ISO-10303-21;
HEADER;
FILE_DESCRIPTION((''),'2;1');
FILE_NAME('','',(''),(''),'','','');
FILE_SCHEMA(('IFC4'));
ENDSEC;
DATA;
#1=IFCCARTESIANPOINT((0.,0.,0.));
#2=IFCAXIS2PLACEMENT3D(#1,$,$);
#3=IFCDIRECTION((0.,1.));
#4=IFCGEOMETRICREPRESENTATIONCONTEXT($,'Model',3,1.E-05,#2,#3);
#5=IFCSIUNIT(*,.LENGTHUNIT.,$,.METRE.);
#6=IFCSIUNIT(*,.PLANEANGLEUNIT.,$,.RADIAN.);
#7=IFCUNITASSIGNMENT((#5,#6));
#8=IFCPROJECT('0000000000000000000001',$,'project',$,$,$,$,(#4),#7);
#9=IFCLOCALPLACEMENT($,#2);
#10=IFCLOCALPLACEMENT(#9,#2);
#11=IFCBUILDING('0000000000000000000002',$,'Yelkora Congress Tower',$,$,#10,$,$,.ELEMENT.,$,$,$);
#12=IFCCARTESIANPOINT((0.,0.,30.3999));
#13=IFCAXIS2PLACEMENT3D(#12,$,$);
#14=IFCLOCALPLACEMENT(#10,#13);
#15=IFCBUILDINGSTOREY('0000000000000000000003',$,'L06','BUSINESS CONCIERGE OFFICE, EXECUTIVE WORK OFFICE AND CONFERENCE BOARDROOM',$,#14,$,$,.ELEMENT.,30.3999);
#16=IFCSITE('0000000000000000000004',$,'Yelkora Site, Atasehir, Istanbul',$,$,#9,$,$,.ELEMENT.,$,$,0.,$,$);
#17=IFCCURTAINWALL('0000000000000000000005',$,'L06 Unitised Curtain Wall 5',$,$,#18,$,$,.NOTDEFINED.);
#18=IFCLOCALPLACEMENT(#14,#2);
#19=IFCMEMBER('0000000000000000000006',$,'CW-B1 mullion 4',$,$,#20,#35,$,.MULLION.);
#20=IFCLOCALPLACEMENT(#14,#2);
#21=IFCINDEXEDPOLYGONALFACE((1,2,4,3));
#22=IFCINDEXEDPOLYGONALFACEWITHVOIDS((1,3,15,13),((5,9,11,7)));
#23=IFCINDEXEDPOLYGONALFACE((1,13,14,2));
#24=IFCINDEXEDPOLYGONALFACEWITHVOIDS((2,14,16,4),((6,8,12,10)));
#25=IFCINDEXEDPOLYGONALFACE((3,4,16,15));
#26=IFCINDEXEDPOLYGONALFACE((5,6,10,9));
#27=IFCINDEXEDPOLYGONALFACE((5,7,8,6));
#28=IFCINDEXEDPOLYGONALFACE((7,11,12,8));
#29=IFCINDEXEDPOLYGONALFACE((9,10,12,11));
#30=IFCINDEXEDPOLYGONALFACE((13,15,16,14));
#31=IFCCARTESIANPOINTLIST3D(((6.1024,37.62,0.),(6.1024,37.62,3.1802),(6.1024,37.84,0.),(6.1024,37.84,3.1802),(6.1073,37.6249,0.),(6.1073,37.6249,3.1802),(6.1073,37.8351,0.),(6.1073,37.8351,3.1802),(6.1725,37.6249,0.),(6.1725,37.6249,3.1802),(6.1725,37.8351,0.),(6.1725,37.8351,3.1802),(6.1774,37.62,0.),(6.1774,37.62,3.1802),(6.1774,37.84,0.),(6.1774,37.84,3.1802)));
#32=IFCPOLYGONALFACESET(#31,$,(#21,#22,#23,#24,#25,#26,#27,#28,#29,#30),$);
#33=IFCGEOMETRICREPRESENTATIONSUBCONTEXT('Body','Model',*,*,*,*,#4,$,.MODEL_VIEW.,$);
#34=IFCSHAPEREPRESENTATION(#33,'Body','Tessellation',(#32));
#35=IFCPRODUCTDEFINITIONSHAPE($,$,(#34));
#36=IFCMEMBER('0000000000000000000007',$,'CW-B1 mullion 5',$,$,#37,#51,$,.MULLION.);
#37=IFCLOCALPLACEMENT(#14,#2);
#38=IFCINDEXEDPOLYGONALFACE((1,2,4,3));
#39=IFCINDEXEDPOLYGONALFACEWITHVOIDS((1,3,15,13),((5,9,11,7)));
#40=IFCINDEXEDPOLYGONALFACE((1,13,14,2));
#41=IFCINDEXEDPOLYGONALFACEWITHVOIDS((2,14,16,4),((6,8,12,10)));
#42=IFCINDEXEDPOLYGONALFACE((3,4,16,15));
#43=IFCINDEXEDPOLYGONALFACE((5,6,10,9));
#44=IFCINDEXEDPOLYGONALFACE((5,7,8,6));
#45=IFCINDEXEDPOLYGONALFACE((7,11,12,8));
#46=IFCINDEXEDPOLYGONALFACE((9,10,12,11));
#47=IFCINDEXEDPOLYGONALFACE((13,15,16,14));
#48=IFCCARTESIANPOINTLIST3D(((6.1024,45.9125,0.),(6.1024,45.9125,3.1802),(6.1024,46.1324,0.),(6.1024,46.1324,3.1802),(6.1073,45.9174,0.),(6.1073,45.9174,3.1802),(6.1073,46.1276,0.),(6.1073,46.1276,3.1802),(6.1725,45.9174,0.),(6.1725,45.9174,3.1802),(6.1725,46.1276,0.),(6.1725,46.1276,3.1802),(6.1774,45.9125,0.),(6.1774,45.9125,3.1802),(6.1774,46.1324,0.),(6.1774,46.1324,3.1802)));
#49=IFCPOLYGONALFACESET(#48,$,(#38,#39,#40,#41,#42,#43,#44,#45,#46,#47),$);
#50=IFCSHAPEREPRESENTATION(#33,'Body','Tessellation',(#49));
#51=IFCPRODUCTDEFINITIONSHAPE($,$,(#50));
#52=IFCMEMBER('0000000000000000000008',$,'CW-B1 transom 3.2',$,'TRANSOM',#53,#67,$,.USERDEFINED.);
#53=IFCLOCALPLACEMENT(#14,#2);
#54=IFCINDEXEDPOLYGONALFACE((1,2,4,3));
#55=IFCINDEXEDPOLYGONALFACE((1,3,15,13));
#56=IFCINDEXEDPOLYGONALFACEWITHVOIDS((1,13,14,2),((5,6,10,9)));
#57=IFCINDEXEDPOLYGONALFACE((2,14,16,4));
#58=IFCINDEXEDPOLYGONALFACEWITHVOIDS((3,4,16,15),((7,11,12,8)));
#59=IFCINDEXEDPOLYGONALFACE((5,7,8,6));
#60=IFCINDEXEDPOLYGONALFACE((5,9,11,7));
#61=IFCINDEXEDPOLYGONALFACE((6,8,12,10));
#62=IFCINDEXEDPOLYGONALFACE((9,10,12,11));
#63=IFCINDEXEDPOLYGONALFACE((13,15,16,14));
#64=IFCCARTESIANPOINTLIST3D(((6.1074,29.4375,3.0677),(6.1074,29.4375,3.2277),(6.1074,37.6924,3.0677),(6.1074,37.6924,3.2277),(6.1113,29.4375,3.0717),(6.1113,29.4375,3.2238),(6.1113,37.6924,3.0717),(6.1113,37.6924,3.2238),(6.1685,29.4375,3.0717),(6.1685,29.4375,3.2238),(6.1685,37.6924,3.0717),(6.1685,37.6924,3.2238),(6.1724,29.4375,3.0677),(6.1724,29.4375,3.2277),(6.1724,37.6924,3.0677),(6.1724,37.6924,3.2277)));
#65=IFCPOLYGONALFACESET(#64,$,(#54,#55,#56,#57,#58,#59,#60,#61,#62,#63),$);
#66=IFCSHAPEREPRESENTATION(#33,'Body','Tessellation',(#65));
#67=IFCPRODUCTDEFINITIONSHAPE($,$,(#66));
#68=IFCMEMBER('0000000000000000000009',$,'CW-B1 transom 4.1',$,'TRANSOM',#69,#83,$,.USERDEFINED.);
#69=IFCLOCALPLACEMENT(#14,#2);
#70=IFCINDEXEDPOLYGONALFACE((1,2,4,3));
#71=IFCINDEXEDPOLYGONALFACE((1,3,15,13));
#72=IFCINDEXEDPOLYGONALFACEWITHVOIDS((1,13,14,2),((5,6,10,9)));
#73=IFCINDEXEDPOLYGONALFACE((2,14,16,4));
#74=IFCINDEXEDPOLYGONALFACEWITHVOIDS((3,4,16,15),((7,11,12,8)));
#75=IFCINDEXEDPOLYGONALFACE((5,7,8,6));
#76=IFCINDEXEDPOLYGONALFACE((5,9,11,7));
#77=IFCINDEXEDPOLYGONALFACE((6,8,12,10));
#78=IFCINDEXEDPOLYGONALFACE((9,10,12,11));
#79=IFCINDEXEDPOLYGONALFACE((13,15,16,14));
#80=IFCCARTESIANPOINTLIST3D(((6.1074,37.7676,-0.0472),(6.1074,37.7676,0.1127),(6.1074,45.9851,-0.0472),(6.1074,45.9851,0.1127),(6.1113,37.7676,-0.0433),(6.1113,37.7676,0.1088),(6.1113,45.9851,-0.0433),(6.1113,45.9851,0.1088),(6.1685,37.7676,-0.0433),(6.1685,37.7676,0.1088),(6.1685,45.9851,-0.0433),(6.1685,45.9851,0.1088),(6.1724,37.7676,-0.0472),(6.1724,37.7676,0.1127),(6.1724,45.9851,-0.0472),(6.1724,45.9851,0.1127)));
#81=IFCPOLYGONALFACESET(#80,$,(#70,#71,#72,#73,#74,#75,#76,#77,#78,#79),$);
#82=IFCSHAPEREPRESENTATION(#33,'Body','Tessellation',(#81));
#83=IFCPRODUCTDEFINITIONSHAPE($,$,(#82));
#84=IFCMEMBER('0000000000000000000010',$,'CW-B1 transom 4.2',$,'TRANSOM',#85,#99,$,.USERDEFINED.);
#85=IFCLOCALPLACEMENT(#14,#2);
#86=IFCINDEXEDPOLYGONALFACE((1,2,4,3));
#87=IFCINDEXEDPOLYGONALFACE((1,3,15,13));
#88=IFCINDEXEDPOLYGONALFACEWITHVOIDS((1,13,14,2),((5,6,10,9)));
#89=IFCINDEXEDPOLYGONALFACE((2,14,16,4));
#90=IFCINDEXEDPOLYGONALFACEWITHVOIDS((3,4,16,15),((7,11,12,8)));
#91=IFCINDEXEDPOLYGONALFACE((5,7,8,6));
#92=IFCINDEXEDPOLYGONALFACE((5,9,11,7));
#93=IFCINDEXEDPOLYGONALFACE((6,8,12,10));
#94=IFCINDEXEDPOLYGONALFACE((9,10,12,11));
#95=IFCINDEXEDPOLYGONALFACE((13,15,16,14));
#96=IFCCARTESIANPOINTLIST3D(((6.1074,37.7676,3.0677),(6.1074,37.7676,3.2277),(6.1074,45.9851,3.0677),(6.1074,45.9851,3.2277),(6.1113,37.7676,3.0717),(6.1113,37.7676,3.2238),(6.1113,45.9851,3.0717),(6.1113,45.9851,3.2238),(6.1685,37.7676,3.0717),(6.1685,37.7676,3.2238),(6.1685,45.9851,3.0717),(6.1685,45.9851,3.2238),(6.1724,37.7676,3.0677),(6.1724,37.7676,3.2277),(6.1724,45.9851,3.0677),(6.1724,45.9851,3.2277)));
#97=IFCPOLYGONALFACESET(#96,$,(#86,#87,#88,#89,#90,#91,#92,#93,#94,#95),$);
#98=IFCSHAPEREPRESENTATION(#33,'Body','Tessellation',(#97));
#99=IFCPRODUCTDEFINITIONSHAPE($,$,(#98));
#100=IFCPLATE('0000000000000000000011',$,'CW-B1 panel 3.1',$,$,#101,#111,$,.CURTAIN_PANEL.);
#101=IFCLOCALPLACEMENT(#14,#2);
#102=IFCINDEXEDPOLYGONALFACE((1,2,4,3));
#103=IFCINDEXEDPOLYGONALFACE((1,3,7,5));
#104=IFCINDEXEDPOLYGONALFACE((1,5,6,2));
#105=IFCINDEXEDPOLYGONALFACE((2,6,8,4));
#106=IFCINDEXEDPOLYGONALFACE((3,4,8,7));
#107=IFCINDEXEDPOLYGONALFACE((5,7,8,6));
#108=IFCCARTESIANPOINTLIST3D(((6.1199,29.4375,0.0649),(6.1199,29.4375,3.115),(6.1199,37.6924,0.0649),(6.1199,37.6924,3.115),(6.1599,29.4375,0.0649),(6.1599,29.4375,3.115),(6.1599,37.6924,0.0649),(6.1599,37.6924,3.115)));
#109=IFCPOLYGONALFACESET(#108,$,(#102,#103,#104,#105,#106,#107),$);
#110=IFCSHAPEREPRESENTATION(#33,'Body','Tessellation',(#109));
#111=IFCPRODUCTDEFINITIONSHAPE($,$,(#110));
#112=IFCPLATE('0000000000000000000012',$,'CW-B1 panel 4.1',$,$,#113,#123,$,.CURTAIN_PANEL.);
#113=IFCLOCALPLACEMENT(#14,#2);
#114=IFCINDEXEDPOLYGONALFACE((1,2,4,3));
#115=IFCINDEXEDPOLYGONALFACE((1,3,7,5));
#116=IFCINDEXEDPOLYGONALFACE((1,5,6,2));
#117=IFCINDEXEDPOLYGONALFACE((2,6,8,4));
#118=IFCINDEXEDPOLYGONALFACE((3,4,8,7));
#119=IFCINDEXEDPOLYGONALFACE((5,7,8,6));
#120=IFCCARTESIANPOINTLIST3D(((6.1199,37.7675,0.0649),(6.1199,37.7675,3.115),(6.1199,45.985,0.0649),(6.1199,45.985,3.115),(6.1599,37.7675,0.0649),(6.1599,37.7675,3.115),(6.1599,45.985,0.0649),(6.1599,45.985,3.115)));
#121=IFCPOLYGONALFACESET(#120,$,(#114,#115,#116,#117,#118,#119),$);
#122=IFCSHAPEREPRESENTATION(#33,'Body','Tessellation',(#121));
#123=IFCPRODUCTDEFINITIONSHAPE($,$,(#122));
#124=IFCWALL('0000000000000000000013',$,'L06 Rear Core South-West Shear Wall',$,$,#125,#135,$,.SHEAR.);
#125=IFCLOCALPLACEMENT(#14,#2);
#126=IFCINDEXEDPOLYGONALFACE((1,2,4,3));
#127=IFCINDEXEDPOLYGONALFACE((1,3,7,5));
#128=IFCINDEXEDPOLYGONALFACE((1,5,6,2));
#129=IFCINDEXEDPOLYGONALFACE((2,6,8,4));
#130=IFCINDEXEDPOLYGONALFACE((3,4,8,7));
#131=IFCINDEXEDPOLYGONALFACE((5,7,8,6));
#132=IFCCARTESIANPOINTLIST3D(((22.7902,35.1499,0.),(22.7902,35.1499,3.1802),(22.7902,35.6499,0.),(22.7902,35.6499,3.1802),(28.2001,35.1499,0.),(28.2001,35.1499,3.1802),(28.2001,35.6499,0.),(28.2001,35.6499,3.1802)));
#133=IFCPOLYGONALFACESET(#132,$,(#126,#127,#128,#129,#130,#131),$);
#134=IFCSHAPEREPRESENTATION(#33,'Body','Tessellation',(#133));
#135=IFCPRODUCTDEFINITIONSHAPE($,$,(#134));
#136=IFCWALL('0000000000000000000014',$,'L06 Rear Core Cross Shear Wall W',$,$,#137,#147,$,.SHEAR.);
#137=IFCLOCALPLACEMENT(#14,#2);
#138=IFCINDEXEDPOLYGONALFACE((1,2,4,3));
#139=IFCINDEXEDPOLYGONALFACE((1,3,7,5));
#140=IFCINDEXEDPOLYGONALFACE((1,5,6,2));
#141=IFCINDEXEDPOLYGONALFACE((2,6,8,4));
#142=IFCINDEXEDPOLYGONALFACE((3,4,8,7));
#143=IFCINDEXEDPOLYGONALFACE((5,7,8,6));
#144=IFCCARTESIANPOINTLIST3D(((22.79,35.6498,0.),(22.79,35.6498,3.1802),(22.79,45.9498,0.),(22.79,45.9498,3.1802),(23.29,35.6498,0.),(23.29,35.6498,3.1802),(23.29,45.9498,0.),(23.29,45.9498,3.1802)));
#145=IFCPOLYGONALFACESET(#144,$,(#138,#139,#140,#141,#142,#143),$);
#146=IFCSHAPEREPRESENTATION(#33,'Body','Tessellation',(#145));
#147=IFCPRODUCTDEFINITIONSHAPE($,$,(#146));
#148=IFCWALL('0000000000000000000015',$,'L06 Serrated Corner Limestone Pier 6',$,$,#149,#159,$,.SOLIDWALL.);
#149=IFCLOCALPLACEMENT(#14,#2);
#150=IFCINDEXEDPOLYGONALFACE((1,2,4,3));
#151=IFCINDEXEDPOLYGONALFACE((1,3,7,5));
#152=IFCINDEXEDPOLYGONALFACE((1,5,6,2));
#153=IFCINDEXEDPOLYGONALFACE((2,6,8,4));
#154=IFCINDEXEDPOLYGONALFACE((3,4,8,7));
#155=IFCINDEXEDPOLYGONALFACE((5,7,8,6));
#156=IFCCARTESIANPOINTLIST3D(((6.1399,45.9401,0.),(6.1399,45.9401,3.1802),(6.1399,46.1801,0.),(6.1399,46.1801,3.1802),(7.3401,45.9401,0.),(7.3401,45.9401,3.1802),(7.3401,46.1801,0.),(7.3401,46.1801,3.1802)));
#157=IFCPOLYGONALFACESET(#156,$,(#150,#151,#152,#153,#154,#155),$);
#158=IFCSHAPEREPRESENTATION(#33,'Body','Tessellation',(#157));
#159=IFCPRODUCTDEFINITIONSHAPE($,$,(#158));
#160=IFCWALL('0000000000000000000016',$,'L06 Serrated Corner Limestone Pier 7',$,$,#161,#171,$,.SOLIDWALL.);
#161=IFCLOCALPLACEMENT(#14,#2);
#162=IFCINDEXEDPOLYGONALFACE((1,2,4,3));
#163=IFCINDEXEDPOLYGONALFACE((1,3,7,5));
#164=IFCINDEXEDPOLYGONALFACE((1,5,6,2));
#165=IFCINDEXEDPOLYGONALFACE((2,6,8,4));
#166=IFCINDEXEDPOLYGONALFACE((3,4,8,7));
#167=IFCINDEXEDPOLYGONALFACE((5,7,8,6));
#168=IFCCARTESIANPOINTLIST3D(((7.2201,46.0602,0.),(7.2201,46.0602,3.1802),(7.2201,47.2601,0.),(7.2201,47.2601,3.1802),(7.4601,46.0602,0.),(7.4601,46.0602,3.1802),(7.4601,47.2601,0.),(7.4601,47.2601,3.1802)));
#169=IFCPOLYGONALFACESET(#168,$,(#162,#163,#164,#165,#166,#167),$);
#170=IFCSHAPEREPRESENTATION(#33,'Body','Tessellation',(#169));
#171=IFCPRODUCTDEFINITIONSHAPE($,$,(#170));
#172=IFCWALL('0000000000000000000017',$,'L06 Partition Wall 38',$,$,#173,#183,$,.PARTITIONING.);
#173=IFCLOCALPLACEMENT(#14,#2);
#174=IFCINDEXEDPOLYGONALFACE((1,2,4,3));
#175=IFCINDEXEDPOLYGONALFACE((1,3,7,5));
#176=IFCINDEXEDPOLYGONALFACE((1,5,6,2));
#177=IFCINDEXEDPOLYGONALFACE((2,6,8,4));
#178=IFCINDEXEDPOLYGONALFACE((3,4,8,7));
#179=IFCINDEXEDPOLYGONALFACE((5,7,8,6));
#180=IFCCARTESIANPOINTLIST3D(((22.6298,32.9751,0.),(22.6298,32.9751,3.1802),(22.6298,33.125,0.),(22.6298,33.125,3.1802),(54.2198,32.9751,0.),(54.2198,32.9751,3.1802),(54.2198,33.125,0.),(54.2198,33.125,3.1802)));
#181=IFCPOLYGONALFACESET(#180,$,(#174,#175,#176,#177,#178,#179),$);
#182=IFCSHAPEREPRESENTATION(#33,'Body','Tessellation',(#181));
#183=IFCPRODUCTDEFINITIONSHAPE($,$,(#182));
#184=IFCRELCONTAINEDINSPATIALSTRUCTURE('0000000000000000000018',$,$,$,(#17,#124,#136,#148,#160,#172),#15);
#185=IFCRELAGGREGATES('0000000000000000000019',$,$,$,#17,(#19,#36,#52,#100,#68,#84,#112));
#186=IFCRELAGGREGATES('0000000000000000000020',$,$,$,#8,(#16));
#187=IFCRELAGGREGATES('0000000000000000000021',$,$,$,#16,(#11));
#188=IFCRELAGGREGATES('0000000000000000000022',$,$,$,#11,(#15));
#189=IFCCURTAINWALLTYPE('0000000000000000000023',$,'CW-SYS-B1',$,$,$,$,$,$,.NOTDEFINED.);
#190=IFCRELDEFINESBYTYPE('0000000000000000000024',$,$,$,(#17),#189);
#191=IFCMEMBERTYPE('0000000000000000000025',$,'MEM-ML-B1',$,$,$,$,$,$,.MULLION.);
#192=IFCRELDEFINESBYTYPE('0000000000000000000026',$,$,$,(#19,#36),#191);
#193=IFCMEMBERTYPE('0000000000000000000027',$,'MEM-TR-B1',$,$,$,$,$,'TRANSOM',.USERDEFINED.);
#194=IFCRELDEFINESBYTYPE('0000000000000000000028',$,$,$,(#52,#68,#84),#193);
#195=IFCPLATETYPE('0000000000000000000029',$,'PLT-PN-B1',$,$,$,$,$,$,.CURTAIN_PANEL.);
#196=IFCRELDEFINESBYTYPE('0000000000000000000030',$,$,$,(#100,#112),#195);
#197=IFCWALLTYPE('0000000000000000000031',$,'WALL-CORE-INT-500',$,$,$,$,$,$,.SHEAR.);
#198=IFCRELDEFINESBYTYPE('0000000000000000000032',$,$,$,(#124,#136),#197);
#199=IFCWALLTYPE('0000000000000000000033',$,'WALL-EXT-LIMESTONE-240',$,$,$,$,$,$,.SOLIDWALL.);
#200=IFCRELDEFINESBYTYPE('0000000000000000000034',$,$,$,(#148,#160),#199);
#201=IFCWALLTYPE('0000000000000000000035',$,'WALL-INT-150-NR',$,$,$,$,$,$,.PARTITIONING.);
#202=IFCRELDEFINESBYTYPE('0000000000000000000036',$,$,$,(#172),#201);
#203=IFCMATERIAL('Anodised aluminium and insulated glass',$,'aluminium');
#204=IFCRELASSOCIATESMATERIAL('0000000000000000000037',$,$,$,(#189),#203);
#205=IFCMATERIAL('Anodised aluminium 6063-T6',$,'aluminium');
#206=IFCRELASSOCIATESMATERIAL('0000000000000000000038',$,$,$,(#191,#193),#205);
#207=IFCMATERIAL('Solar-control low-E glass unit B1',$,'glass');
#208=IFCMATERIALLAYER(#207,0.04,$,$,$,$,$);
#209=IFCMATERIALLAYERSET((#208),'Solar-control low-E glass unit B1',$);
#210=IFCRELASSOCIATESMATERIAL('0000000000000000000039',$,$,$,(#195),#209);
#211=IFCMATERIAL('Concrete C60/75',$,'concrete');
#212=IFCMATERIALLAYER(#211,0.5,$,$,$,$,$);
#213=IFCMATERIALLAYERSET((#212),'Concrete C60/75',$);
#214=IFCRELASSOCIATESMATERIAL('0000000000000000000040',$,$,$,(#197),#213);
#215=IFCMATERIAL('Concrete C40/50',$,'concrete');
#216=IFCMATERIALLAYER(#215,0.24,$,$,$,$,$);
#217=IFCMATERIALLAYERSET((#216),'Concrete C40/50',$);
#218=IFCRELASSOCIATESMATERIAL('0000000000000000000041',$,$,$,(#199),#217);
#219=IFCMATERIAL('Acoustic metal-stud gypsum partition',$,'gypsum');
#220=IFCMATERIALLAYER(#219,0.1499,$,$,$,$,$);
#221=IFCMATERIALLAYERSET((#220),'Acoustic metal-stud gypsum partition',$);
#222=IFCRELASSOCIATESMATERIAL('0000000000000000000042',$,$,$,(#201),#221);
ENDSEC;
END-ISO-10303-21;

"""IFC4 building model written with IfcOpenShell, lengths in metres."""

from ifc_helpers import new_model, si_unit, direction, frame, frame_2d, origin, origin_2d, place, context, subcontext, project, spatial, rectangle, hollow_rectangle, extrude, material, layer, layer_set, material_profile, profile_set, type_object, element, aggregate, save


model = new_model("IFC4")

# Units and contexts
model_context = context("Model", 3, precision=1e-05, world=origin(), true_north=direction((0.0, 1.0)))
body_context = subcontext(model_context, "Body", "Model", "MODEL_VIEW")
ifc_project = project(units=[si_unit("LENGTHUNIT", "METRE"), si_unit("PLANEANGLEUNIT", "RADIAN")], contexts=[model_context])

# Site, building, storey
site_placement = place(None, origin())
site = spatial("IfcSite", under=ifc_project, at=site_placement, Name="Yelkora Site, Atasehir, Istanbul", CompositionType="ELEMENT", RefElevation=0.0)
building_placement = place(site_placement, origin())
building = spatial("IfcBuilding", under=site, at=building_placement, Name="Yelkora Congress Tower", CompositionType="ELEMENT")
storey_placement = place(building_placement, frame((0.0, 0.0, 30.3999)))
storey = spatial("IfcBuildingStorey", under=building, at=storey_placement, Name="L06", Description="BUSINESS CONCIERGE OFFICE, EXECUTIVE WORK OFFICE AND CONFERENCE BOARDROOM", CompositionType="ELEMENT", Elevation=30.3999)

# Shared definitions
ifc_material_1 = material(Name="Concrete C60/75", Category="concrete")

# Curtain wall, members, plates
ifc_material_2 = material(Name="Anodised aluminium and insulated glass", Category="aluminium")
curtain_wall_type = type_object("IfcCurtainWallType", Name="CW-SYS-B1", PredefinedType="NOTDEFINED", material=ifc_material_2)
curtain_wall_placement = place(storey_placement, origin())
curtain_wall = element("IfcCurtainWall", 1, at=curtain_wall_placement, inside=storey, type_object=curtain_wall_type, Name="L06 Unitised Curtain Wall 5", PredefinedType="NOTDEFINED")
ifc_material_3 = material(Name="Anodised aluminium 6063-T6", Category="aluminium")
ifc_material_profile_1 = material_profile(ifc_material_3, hollow_rectangle(XDim=0.075, YDim=0.22, WallThickness=0.0049, at=origin_2d()), Name="ALU 75x220x5")
ifc_profile_set_1 = profile_set([ifc_material_profile_1], Name="Anodised aluminium 6063-T6")
member_type_1 = type_object("IfcMemberType", Name="MEM-ML-B1", PredefinedType="MULLION", material=ifc_profile_set_1)
member_1_placement = place(storey_placement, frame((6.1399, 37.73, 0.0), z_axis=(0.0, 0.0, 1.0), x_axis=(-1.0, 0.0, 0.0)))
member_1 = element("IfcMember", 2, at=member_1_placement, type_object=member_type_1, Name="CW-B1 mullion 4", PredefinedType="MULLION", context=body_context, shape_type="SweptSolid", body=[
    extrude(hollow_rectangle(XDim=0.075, YDim=0.22, WallThickness=0.0049, at=origin_2d()), origin(), (0.0, 0.0, 1.0), 3.1802),
])
member_2_placement = place(storey_placement, frame((6.1399, 46.0225, 0.0), z_axis=(0.0, 0.0, 1.0), x_axis=(-1.0, 0.0, 0.0)))
member_2 = element("IfcMember", 3, at=member_2_placement, type_object=member_type_1, Name="CW-B1 mullion 5", PredefinedType="MULLION", context=body_context, shape_type="SweptSolid", body=[
    extrude(hollow_rectangle(XDim=0.075, YDim=0.22, WallThickness=0.0049, at=origin_2d()), origin(), (0.0, 0.0, 1.0), 3.1802),
])
ifc_material_profile_2 = material_profile(ifc_material_3, hollow_rectangle(XDim=0.0649, YDim=0.1599, WallThickness=0.0039, at=origin_2d()), Name="ALU 65x160x4")
ifc_profile_set_2 = profile_set([ifc_material_profile_2], Name="Anodised aluminium 6063-T6")
member_type_2 = type_object("IfcMemberType", Name="MEM-TR-B1", ElementType="TRANSOM", PredefinedType="USERDEFINED", material=ifc_profile_set_2)
member_3_placement = place(storey_placement, frame((6.1399, 29.4375, 3.1477), z_axis=(0.0, 1.0, 0.0), x_axis=(-1.0, 0.0, 0.0)))
member_3 = element("IfcMember", 4, at=member_3_placement, type_object=member_type_2, Name="CW-B1 transom 3.2", ObjectType="TRANSOM", PredefinedType="USERDEFINED", context=body_context, shape_type="SweptSolid", body=[
    extrude(hollow_rectangle(XDim=0.0649, YDim=0.1599, WallThickness=0.0039, at=origin_2d()), origin(), (0.0, 0.0, 1.0), 8.2549),
])
member_4_placement = place(storey_placement, frame((6.1399, 37.7676, 0.0327), z_axis=(0.0, 1.0, 0.0), x_axis=(-1.0, 0.0, 0.0)))
member_4 = element("IfcMember", 5, at=member_4_placement, type_object=member_type_2, Name="CW-B1 transom 4.1", ObjectType="TRANSOM", PredefinedType="USERDEFINED", context=body_context, shape_type="SweptSolid", body=[
    extrude(hollow_rectangle(XDim=0.0649, YDim=0.1599, WallThickness=0.0039, at=origin_2d()), origin(), (0.0, 0.0, 1.0), 8.2175),
])
member_5_placement = place(storey_placement, frame((6.1399, 37.7676, 3.1477), z_axis=(0.0, 1.0, 0.0), x_axis=(-1.0, 0.0, 0.0)))
member_5 = element("IfcMember", 6, at=member_5_placement, type_object=member_type_2, Name="CW-B1 transom 4.2", ObjectType="TRANSOM", PredefinedType="USERDEFINED", context=body_context, shape_type="SweptSolid", body=[
    extrude(hollow_rectangle(XDim=0.0649, YDim=0.1599, WallThickness=0.0039, at=origin_2d()), origin(), (0.0, 0.0, 1.0), 8.2175),
])
ifc_material_4 = material(Name="Solar-control low-E glass unit B1", Category="glass")
ifc_layer_1 = layer(ifc_material_4, 0.04)
ifc_layer_set_1 = layer_set([ifc_layer_1], Name="Solar-control low-E glass unit B1")
plate_type = type_object("IfcPlateType", Name="PLT-PN-B1", PredefinedType="CURTAIN_PANEL", material=ifc_layer_set_1)
plate_1_placement = place(storey_placement, frame((6.1399, 33.5649, 0.0649), z_axis=(0.0, 0.0, 1.0), x_axis=(0.0, 1.0, 0.0)))
plate_1 = element("IfcPlate", 7, at=plate_1_placement, type_object=plate_type, Name="CW-B1 panel 3.1", PredefinedType="CURTAIN_PANEL", context=body_context, shape_type="SweptSolid", body=[
    extrude(rectangle(XDim=8.2549, YDim=0.04, at=origin_2d()), origin(), (0.0, 0.0, 1.0), 3.05),
])
plate_2_placement = place(storey_placement, frame((6.1399, 41.8762, 0.0649), z_axis=(0.0, 0.0, 1.0), x_axis=(0.0, 1.0, 0.0)))
plate_2 = element("IfcPlate", 8, at=plate_2_placement, type_object=plate_type, Name="CW-B1 panel 4.1", PredefinedType="CURTAIN_PANEL", context=body_context, shape_type="SweptSolid", body=[
    extrude(rectangle(XDim=8.2175, YDim=0.04, at=origin_2d()), origin(), (0.0, 0.0, 1.0), 3.05),
])
aggregate(curtain_wall, [member_1, member_2, member_3, plate_1, member_4, member_5, plate_2])

# Walls
ifc_layer_2 = layer(ifc_material_1, 0.5)
ifc_layer_set_2 = layer_set([ifc_layer_2], Name="Concrete C60/75")
wall_type_1 = type_object("IfcWallType", Name="WALL-CORE-INT-500", PredefinedType="SHEAR", material=ifc_layer_set_2)
wall_1_placement = place(storey_placement, frame((22.79, 35.3999, 0.0), z_axis=(0.0, 0.0, 1.0), x_axis=(1.0, 0.0, 0.0)))
element("IfcWall", 9, at=wall_1_placement, inside=storey, type_object=wall_type_1, Name="L06 Rear Core South-West Shear Wall", PredefinedType="SHEAR", context=body_context, shape_type="SweptSolid", body=[
    extrude(rectangle(XDim=5.4099, YDim=0.5, at=frame_2d((2.7051, 0.0))), origin(), (0.0, 0.0, 1.0), 3.1802),
])
wall_2_placement = place(storey_placement, frame((23.04, 35.6499, 0.0), z_axis=(0.0, 0.0, 1.0), x_axis=(0.0, 1.0, 0.0)))
element("IfcWall", 10, at=wall_2_placement, inside=storey, type_object=wall_type_1, Name="L06 Rear Core Cross Shear Wall W", PredefinedType="SHEAR", context=body_context, shape_type="SweptSolid", body=[
    extrude(rectangle(XDim=10.3, YDim=0.5, at=frame_2d((5.1499, 0.0))), origin(), (0.0, 0.0, 1.0), 3.1802),
])
ifc_material_5 = material(Name="Concrete C40/50", Category="concrete")
ifc_layer_3 = layer(ifc_material_5, 0.24)
ifc_layer_set_3 = layer_set([ifc_layer_3], Name="Concrete C40/50")
wall_type_2 = type_object("IfcWallType", Name="WALL-EXT-LIMESTONE-240", PredefinedType="SOLIDWALL", material=ifc_layer_set_3)
wall_3_placement = place(storey_placement, frame((6.1399, 46.0601, 0.0), z_axis=(0.0, 0.0, 1.0), x_axis=(1.0, 0.0, 0.0)))
element("IfcWall", 11, at=wall_3_placement, inside=storey, type_object=wall_type_2, Name="L06 Serrated Corner Limestone Pier 6", PredefinedType="SOLIDWALL", context=body_context, shape_type="SweptSolid", body=[
    extrude(rectangle(XDim=1.2002, YDim=0.24, at=frame_2d((0.6001, 0.0))), origin(), (0.0, 0.0, 1.0), 3.1802),
])
wall_4_placement = place(storey_placement, frame((7.3401, 46.0601, 0.0), z_axis=(0.0, 0.0, 1.0), x_axis=(0.0, 1.0, 0.0)))
element("IfcWall", 12, at=wall_4_placement, inside=storey, type_object=wall_type_2, Name="L06 Serrated Corner Limestone Pier 7", PredefinedType="SOLIDWALL", context=body_context, shape_type="SweptSolid", body=[
    extrude(rectangle(XDim=1.2, YDim=0.24, at=frame_2d((0.6001, 0.0))), origin(), (0.0, 0.0, 1.0), 3.1802),
])
ifc_material_6 = material(Name="Acoustic metal-stud gypsum partition", Category="gypsum")
ifc_layer_4 = layer(ifc_material_6, 0.1499)
ifc_layer_set_4 = layer_set([ifc_layer_4], Name="Acoustic metal-stud gypsum partition")
wall_type_3 = type_object("IfcWallType", Name="WALL-INT-150-NR", PredefinedType="PARTITIONING", material=ifc_layer_set_4)
wall_5_placement = place(storey_placement, frame((22.6299, 33.05, 0.0), z_axis=(0.0, 0.0, 1.0), x_axis=(1.0, 0.0, 0.0)))
element("IfcWall", 13, at=wall_5_placement, inside=storey, type_object=wall_type_3, Name="L06 Partition Wall 38", PredefinedType="PARTITIONING", context=body_context, shape_type="SweptSolid", body=[
    extrude(rectangle(XDim=31.5901, YDim=0.1499, at=frame_2d((15.7949, 0.0))), origin(), (0.0, 0.0, 1.0), 3.1802),
])

save(model, "model.ifc")
